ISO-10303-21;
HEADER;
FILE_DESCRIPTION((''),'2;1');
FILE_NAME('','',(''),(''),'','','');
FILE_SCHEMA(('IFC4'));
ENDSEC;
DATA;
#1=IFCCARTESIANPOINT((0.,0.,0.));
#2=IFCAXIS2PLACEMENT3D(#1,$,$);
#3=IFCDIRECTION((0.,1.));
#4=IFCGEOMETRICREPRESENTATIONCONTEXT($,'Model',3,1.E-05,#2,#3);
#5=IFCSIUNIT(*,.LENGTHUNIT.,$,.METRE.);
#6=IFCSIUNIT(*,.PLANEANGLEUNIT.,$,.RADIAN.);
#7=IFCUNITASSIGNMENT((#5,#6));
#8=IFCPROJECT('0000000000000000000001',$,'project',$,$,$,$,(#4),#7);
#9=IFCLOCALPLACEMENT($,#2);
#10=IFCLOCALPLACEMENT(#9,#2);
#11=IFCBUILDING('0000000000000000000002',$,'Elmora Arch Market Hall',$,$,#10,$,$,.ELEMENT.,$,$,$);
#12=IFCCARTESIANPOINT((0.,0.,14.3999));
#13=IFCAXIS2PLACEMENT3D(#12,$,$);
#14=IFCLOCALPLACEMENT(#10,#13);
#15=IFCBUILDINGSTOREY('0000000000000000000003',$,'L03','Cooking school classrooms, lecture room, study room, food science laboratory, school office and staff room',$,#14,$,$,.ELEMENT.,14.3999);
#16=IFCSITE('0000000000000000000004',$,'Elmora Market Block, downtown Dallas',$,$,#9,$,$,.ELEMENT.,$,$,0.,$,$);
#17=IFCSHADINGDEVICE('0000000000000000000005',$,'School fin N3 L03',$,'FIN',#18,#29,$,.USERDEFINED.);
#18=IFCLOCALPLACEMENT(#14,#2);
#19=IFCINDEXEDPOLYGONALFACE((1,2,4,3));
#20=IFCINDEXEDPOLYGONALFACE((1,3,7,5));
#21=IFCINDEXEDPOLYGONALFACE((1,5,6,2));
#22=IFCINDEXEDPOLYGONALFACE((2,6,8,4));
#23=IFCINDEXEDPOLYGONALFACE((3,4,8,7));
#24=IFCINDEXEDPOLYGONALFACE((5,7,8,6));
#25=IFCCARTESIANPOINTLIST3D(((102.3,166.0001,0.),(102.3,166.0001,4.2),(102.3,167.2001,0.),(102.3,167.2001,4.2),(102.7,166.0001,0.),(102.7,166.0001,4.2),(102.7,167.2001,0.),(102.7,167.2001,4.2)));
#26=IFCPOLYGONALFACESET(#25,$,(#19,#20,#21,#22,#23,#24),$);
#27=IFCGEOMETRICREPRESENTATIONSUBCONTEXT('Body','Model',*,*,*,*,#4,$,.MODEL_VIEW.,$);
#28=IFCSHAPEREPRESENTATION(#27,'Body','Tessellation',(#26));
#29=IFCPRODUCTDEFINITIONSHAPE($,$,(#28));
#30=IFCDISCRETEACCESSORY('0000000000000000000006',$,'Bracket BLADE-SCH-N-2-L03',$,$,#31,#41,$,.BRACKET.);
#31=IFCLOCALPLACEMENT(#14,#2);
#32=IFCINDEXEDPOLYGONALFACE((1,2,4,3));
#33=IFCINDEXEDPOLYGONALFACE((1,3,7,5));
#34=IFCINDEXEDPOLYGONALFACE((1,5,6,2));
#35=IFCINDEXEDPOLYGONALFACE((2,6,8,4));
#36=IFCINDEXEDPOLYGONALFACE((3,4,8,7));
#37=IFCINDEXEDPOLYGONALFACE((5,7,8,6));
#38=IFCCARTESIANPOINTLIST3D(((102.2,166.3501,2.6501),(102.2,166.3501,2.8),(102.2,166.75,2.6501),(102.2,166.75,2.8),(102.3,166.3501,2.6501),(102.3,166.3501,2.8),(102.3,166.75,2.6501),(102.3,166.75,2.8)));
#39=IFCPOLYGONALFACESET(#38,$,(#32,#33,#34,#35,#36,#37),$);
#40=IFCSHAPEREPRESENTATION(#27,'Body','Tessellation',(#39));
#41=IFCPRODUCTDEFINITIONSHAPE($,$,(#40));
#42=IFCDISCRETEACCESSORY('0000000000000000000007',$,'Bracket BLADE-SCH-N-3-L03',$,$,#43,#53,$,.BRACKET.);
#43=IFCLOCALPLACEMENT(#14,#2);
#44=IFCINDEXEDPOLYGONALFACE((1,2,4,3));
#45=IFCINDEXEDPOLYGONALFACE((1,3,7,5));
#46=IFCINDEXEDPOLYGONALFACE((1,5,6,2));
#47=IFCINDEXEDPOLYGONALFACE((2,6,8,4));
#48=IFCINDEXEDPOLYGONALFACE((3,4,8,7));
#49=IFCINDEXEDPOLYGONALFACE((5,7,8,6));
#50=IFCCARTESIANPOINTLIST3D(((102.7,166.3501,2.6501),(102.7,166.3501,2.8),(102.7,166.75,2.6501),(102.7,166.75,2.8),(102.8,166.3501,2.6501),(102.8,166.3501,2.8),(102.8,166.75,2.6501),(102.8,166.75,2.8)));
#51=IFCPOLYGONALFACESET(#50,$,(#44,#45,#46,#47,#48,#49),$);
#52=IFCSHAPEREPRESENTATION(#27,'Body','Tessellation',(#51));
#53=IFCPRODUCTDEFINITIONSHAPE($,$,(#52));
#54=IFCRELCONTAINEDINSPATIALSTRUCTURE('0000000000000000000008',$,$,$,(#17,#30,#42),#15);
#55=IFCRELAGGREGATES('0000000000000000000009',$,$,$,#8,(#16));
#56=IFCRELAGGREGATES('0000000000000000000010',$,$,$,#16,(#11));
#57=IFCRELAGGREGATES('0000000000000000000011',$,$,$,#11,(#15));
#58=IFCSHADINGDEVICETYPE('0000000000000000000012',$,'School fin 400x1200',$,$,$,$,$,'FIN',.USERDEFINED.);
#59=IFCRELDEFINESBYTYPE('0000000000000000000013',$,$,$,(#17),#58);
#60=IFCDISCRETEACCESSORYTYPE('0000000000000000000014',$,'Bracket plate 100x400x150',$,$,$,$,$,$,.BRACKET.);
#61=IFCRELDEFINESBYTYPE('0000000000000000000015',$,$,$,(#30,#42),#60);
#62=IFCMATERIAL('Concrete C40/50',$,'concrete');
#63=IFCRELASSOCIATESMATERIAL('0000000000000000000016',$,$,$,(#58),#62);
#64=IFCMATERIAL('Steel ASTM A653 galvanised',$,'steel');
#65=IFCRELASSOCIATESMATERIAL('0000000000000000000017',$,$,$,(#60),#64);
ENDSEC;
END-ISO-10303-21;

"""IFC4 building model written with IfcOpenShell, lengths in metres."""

from ifc_helpers import new_model, si_unit, direction, frame, origin, origin_2d, place, context, subcontext, project, spatial, rectangle, extrude, material, type_object, element, save


model = new_model("IFC4")

# Units and contexts
model_context = context("Model", 3, precision=1e-05, world=origin(), true_north=direction((0.0, 1.0)))
body_context = subcontext(model_context, "Body", "Model", "MODEL_VIEW")
ifc_project = project(units=[si_unit("LENGTHUNIT", "METRE"), si_unit("PLANEANGLEUNIT", "RADIAN")], contexts=[model_context])

# Site, building, storey
site_placement = place(None, origin())
site = spatial("IfcSite", under=ifc_project, at=site_placement, Name="Elmora Market Block, downtown Dallas", CompositionType="ELEMENT", RefElevation=0.0)
building_placement = place(site_placement, origin())
building = spatial("IfcBuilding", under=site, at=building_placement, Name="Elmora Arch Market Hall", CompositionType="ELEMENT")
storey_placement = place(building_placement, frame((0.0, 0.0, 14.3999)))
storey = spatial("IfcBuildingStorey", under=building, at=storey_placement, Name="L03", Description="Cooking school classrooms, lecture room, study room, food science laboratory, school office and staff room", CompositionType="ELEMENT", Elevation=14.3999)

# Shading device
ifc_material_1 = material(Name="Concrete C40/50", Category="concrete")
shading_device_type = type_object("IfcShadingDeviceType", Name="School fin 400x1200", ElementType="FIN", PredefinedType="USERDEFINED", material=ifc_material_1)
shading_device_placement = place(storey_placement, frame((102.5, 166.6001, 0.0), z_axis=(0.0, 0.0, 1.0), x_axis=(1.0, 0.0, 0.0)))
element("IfcShadingDevice", 1, at=shading_device_placement, inside=storey, type_object=shading_device_type, Name="School fin N3 L03", ObjectType="FIN", PredefinedType="USERDEFINED", context=body_context, shape_type="SweptSolid", body=[
    extrude(rectangle(XDim=0.3999, YDim=1.2, at=origin_2d()), origin(), (0.0, 0.0, 1.0), 4.2),
])

# Discrete accessories
ifc_material_2 = material(Name="Steel ASTM A653 galvanised", Category="steel")
discrete_accessory_type = type_object("IfcDiscreteAccessoryType", Name="Bracket plate 100x400x150", PredefinedType="BRACKET", material=ifc_material_2)
for number, where, z_axis, x_axis, name in (
    (2, (102.25, 166.55, 2.6501), (0.0, 0.0, 1.0), (1.0, 0.0, 0.0), "Bracket BLADE-SCH-N-2-L03"),
    (3, (102.75, 166.55, 2.6501), (0.0, 0.0, 1.0), (1.0, 0.0, 0.0), "Bracket BLADE-SCH-N-3-L03"),
):
    element("IfcDiscreteAccessory", number, at=place(storey_placement, frame(where, z_axis=z_axis, x_axis=x_axis)), inside=storey, type_object=discrete_accessory_type, Name=name, PredefinedType="BRACKET", context=body_context, shape_type="SweptSolid", body=[
        extrude(rectangle(XDim=0.1001, YDim=0.3999, at=origin_2d()), origin(), (0.0, 0.0, 1.0), 0.1499),
    ])

save(model, "model.ifc")
